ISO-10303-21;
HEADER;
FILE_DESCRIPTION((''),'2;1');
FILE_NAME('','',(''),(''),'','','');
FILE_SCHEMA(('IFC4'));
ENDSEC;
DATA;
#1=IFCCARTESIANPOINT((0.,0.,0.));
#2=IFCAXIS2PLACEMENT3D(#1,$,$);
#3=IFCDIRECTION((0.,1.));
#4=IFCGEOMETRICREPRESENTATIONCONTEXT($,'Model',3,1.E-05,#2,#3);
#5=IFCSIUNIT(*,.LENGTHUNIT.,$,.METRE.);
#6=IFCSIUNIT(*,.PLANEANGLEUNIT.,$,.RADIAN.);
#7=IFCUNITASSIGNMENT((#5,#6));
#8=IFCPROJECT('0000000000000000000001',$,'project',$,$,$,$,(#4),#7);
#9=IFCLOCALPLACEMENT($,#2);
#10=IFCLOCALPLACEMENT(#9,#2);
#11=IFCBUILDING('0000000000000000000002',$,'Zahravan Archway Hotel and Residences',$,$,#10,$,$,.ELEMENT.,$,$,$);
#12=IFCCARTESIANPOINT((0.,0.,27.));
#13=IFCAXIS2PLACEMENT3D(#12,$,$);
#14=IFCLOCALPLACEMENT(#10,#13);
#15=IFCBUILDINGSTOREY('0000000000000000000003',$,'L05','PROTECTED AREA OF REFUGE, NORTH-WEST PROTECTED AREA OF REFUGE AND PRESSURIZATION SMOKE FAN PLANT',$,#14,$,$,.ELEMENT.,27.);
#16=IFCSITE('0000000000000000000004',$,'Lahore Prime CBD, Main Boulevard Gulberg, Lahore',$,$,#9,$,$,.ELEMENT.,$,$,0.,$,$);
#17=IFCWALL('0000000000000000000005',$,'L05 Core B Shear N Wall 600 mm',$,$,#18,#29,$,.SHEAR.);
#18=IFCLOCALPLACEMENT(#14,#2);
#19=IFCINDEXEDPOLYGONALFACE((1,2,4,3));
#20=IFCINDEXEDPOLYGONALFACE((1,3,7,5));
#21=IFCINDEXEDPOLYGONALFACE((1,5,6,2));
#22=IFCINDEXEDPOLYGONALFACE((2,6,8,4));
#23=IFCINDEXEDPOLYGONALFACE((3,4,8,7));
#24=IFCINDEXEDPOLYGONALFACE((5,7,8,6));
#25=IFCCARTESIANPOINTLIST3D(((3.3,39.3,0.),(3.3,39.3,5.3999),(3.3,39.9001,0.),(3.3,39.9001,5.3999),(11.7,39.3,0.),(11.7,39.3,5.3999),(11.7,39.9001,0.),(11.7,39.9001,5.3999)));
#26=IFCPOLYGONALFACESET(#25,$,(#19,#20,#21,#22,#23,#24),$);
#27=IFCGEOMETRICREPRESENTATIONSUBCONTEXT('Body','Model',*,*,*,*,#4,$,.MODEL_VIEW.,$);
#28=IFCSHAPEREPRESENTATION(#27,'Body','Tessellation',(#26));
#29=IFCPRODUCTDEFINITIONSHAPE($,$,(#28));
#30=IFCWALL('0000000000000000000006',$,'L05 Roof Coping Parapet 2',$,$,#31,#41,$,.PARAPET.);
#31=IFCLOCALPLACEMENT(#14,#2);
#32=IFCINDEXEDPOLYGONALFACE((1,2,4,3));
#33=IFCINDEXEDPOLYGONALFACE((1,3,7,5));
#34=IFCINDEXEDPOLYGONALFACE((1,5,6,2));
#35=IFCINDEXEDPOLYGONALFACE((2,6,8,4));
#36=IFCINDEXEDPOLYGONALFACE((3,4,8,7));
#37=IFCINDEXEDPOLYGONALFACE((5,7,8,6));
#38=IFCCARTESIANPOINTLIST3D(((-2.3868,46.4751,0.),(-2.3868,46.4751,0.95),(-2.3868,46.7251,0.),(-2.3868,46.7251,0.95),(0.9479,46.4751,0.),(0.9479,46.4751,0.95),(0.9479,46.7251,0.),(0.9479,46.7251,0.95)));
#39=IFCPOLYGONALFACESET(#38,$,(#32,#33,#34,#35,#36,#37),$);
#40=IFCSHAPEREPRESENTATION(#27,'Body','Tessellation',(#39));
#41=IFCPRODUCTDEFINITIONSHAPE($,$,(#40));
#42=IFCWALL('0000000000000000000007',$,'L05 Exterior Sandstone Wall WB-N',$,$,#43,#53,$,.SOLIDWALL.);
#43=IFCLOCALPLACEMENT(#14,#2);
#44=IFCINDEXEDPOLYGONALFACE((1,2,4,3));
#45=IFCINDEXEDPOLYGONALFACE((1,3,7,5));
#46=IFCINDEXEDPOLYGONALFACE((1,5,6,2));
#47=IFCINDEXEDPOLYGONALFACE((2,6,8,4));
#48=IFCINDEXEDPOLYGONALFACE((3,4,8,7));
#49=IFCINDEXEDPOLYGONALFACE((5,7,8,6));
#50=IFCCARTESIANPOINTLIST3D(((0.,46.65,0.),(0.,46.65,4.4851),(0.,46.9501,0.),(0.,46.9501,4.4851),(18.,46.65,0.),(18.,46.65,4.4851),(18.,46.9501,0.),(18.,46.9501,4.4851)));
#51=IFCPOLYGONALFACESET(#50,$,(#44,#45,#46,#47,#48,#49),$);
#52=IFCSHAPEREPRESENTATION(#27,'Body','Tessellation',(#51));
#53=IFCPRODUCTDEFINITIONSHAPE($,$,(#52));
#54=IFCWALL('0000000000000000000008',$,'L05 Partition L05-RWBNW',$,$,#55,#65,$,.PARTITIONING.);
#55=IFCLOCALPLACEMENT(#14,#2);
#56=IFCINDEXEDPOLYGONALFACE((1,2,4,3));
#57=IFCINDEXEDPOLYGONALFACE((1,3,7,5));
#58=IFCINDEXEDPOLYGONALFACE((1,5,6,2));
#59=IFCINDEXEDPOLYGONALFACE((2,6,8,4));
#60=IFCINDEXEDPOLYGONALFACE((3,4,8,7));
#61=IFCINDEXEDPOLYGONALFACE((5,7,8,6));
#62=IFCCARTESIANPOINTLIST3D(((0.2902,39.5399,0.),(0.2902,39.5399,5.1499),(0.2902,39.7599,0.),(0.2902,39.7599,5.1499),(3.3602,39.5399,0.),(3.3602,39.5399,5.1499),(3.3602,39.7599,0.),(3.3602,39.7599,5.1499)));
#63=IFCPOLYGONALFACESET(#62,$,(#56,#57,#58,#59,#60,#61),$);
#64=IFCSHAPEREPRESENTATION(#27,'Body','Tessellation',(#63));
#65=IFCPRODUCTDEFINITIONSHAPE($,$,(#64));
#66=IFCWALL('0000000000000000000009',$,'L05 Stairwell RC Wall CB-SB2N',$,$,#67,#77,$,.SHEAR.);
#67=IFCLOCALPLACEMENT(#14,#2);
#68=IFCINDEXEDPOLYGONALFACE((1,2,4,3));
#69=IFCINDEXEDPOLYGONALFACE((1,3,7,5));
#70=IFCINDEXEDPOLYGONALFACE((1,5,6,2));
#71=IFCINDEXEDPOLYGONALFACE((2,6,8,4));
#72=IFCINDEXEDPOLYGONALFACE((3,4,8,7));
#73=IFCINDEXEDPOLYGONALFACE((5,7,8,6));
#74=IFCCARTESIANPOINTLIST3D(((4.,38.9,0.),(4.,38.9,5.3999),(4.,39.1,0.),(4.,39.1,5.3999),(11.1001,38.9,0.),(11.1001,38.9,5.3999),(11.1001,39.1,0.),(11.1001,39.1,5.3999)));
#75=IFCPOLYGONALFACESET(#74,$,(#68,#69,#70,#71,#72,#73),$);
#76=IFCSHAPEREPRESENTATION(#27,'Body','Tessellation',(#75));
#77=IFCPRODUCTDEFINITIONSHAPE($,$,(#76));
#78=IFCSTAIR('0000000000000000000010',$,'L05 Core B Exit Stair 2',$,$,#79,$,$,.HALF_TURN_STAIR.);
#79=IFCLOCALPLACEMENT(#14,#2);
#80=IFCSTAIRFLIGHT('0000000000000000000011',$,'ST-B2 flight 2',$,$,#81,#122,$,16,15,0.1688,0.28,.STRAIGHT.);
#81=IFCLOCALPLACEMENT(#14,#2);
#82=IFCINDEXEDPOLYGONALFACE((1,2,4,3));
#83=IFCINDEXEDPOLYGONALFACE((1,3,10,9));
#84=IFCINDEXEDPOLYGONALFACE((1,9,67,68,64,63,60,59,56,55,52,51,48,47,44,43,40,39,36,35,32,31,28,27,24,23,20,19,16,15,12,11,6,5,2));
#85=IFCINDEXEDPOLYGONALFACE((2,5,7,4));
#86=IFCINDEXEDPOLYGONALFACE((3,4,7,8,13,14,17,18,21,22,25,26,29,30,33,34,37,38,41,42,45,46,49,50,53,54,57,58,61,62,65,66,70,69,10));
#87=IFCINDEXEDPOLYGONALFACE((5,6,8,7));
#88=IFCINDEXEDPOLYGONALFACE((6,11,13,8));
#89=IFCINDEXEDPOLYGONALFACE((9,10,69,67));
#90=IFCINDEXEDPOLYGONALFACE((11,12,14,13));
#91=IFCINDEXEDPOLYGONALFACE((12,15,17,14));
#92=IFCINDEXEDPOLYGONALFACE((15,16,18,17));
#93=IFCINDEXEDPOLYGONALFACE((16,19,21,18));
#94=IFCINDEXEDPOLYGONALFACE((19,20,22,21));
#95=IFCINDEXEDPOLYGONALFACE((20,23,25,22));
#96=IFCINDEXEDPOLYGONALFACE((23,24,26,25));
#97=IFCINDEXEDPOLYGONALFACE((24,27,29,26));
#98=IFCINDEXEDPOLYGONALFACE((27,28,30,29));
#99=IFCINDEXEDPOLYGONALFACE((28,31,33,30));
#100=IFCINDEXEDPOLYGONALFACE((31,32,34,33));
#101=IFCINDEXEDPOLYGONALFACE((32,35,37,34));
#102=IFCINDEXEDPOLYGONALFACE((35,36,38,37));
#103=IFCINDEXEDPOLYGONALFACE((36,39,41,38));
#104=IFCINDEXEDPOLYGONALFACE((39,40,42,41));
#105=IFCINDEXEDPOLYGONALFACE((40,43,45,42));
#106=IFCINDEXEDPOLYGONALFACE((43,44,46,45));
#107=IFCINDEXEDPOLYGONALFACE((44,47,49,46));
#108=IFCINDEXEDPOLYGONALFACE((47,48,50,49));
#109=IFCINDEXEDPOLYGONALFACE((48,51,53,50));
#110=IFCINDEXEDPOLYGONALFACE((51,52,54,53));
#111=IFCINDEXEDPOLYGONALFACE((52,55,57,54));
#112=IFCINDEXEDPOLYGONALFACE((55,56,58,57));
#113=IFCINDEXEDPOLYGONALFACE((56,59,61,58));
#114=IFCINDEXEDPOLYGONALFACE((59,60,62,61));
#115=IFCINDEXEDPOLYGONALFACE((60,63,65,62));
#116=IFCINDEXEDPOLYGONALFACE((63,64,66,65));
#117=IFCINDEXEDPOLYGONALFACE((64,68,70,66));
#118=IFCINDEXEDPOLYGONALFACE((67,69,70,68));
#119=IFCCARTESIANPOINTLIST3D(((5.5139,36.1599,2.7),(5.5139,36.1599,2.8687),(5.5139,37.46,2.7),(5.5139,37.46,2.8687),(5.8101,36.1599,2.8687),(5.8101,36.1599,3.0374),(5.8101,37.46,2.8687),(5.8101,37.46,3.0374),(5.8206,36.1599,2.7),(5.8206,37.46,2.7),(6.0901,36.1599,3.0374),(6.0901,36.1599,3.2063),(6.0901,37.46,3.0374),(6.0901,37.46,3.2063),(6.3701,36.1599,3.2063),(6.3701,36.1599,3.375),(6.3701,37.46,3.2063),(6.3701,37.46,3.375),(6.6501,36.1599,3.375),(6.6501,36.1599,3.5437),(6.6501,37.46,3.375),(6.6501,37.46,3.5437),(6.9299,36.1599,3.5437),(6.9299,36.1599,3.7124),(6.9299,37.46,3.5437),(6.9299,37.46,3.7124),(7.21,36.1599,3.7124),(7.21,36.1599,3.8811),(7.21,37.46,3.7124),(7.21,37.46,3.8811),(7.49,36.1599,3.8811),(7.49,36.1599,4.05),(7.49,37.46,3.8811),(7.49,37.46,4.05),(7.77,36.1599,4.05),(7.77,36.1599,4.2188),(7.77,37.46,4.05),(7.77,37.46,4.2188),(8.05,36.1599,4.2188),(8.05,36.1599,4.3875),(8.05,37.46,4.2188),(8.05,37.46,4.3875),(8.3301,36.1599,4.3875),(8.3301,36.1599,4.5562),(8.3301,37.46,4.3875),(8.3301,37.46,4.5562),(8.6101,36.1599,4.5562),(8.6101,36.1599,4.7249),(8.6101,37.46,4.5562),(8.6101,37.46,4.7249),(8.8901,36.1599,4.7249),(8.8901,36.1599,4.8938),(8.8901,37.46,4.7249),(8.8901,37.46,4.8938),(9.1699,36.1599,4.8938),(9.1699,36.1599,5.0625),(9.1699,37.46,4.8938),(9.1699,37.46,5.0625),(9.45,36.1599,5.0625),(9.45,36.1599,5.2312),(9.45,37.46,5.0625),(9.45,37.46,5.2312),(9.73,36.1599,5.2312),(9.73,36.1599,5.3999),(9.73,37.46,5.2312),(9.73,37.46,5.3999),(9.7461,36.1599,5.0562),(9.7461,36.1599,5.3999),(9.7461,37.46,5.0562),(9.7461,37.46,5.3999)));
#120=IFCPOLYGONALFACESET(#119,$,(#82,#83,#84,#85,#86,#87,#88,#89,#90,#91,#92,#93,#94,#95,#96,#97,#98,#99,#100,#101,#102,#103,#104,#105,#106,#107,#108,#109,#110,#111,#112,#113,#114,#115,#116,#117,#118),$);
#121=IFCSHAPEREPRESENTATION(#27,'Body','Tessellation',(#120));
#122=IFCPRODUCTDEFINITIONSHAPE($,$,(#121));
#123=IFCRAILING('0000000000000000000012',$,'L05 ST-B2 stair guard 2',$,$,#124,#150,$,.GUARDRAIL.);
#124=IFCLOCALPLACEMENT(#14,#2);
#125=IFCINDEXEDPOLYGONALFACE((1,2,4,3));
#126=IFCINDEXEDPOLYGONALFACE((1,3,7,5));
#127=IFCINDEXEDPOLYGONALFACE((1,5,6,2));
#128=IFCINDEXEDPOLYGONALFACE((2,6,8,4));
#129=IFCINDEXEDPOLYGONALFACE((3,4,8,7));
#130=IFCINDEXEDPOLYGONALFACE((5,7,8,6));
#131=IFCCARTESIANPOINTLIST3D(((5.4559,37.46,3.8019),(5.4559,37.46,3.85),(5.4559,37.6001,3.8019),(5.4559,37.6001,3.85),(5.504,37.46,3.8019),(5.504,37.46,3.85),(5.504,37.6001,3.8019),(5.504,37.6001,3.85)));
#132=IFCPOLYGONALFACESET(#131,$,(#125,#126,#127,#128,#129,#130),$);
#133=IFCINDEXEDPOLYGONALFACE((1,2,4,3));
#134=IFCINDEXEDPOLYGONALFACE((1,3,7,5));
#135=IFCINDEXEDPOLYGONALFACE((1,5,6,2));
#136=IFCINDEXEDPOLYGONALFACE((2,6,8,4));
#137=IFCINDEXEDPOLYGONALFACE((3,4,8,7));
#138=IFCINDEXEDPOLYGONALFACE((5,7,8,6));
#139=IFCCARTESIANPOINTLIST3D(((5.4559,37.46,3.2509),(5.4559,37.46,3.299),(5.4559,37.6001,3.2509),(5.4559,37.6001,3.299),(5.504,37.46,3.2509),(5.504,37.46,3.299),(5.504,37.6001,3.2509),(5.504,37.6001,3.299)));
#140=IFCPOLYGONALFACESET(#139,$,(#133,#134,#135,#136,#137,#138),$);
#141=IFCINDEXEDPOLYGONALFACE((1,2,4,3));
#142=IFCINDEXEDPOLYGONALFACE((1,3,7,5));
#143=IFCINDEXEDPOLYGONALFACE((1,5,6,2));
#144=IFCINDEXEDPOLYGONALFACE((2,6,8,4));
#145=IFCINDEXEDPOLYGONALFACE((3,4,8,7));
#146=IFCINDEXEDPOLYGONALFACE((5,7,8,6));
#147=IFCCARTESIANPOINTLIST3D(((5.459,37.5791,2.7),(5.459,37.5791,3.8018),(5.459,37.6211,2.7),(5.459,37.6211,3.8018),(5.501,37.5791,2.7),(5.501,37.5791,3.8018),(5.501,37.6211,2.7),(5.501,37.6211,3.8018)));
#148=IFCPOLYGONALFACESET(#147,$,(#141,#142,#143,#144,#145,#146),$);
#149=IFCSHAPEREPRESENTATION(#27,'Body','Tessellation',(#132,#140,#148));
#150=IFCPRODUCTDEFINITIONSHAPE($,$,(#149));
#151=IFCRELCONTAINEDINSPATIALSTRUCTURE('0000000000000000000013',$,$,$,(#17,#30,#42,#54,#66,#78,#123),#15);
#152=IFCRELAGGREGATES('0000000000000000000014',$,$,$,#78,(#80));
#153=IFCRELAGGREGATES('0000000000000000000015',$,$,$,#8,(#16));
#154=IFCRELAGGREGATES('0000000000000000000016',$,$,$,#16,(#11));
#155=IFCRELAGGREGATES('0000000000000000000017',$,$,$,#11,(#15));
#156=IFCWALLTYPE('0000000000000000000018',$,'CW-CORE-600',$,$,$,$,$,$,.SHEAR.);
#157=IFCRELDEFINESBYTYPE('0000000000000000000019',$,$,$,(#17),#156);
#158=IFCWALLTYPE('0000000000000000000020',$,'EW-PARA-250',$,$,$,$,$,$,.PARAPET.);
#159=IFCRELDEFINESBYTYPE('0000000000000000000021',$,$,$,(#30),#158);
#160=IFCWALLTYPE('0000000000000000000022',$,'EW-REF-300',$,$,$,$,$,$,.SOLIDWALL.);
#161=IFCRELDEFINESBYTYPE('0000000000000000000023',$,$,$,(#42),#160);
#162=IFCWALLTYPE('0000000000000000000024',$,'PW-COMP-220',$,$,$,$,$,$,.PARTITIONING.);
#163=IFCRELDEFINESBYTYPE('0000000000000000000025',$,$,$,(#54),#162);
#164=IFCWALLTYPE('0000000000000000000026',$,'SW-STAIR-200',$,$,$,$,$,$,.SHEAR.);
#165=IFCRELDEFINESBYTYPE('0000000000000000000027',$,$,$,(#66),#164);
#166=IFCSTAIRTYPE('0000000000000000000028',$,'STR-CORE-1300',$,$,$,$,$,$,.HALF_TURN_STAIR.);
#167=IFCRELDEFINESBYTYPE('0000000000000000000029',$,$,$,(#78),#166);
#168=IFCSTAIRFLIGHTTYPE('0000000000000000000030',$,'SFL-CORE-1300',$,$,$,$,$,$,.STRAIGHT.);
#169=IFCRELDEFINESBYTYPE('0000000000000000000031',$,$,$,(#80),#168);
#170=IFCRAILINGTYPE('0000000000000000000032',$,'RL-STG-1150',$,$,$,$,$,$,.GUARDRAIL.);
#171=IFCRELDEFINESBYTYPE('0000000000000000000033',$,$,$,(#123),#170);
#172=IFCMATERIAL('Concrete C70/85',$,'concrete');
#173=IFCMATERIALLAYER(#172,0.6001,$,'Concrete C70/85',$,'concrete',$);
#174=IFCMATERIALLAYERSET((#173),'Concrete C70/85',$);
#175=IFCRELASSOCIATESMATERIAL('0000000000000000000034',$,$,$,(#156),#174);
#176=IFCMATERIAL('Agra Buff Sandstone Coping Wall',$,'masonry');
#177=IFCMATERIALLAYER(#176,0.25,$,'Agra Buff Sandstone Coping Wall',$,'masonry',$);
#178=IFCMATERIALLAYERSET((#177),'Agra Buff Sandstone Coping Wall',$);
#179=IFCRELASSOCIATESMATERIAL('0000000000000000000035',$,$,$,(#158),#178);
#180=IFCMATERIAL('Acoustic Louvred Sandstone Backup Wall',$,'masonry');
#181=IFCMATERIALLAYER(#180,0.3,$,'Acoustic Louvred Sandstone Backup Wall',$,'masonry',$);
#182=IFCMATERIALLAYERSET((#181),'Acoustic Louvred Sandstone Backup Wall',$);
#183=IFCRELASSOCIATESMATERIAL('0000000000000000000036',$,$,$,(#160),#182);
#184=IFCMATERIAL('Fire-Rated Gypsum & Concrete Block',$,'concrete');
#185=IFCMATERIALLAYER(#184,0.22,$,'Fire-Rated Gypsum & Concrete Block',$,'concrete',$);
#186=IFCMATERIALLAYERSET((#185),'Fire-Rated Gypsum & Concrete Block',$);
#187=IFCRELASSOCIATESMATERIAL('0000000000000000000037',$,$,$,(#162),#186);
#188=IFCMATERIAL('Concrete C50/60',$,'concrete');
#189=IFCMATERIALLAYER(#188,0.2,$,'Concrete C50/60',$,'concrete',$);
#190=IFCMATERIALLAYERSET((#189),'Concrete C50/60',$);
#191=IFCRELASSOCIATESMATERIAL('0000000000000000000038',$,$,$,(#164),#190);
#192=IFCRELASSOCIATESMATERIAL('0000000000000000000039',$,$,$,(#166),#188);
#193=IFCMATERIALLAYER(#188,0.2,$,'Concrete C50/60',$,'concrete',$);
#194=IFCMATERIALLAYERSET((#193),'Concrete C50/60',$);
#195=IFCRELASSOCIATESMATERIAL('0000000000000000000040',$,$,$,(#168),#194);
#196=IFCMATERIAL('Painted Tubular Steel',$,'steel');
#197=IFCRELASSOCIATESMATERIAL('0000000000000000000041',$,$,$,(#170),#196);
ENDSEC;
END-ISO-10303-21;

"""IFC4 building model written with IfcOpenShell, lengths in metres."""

from ifc_helpers import new_model, si_unit, direction, frame, frame_2d, origin, origin_2d, place, context, subcontext, project, spatial, polyline, rectangle, outline, extrude, source, transform, mapped, material, layer, layer_set, type_object, element, aggregate, save


model = new_model("IFC4")

# Units and contexts
model_context = context("Model", 3, precision=1e-05, world=origin(), true_north=direction((0.0, 1.0)))
body_context = subcontext(model_context, "Body", "Model", "MODEL_VIEW")
ifc_project = project(units=[si_unit("LENGTHUNIT", "METRE"), si_unit("PLANEANGLEUNIT", "RADIAN")], contexts=[model_context])

# Site, building, storey
site_placement = place(None, origin())
site = spatial("IfcSite", under=ifc_project, at=site_placement, Name="Lahore Prime CBD, Main Boulevard Gulberg, Lahore", CompositionType="ELEMENT", RefElevation=0.0)
building_placement = place(site_placement, origin())
building = spatial("IfcBuilding", under=site, at=building_placement, Name="Zahravan Archway Hotel and Residences", CompositionType="ELEMENT")
storey_placement = place(building_placement, frame((0.0, 0.0, 27.0)))
storey = spatial("IfcBuildingStorey", under=building, at=storey_placement, Name="L05", Description="PROTECTED AREA OF REFUGE, NORTH-WEST PROTECTED AREA OF REFUGE AND PRESSURIZATION SMOKE FAN PLANT", CompositionType="ELEMENT", Elevation=27.0)

# Shared definitions
ifc_material_1 = material(Name="Concrete C70/85", Category="concrete")

# Walls
ifc_layer_1 = layer(ifc_material_1, 0.6001, Name="Concrete C70/85", Category="concrete")
ifc_layer_set_1 = layer_set([ifc_layer_1], Name="Concrete C70/85")
wall_type_1 = type_object("IfcWallType", Name="CW-CORE-600", PredefinedType="SHEAR", material=ifc_layer_set_1)
wall_1_placement = place(storey_placement, frame((3.3, 39.6001, 0.0), z_axis=(0.0, 0.0, 1.0), x_axis=(1.0, 0.0, 0.0)))
element("IfcWall", 1, at=wall_1_placement, inside=storey, type_object=wall_type_1, Name="L05 Core B Shear N Wall 600 mm", PredefinedType="SHEAR", context=body_context, shape_type="SweptSolid", body=[
    extrude(rectangle(XDim=8.3999, YDim=0.6001, at=frame_2d((4.2, 0.0))), origin(), (0.0, 0.0, 1.0), 5.3999),
])
ifc_material_2 = material(Name="Agra Buff Sandstone Coping Wall", Category="masonry")
ifc_layer_2 = layer(ifc_material_2, 0.25, Name="Agra Buff Sandstone Coping Wall", Category="masonry")
ifc_layer_set_2 = layer_set([ifc_layer_2], Name="Agra Buff Sandstone Coping Wall")
wall_type_2 = type_object("IfcWallType", Name="EW-PARA-250", PredefinedType="PARAPET", material=ifc_layer_set_2)
wall_2_placement = place(storey_placement, frame((-2.387, 46.6001, 0.0), z_axis=(0.0, 0.0, 1.0), x_axis=(1.0, 0.0, 0.0)))
element("IfcWall", 2, at=wall_2_placement, inside=storey, type_object=wall_type_2, Name="L05 Roof Coping Parapet 2", PredefinedType="PARAPET", context=body_context, shape_type="SweptSolid", body=[
    extrude(rectangle(XDim=3.3347, YDim=0.25, at=frame_2d((1.6675, 0.0))), origin(), (0.0, 0.0, 1.0), 0.95),
])
ifc_material_3 = material(Name="Acoustic Louvred Sandstone Backup Wall", Category="masonry")
ifc_layer_3 = layer(ifc_material_3, 0.3, Name="Acoustic Louvred Sandstone Backup Wall", Category="masonry")
ifc_layer_set_3 = layer_set([ifc_layer_3], Name="Acoustic Louvred Sandstone Backup Wall")
wall_type_3 = type_object("IfcWallType", Name="EW-REF-300", PredefinedType="SOLIDWALL", material=ifc_layer_set_3)
wall_3_placement = place(storey_placement, frame((0.0, 46.8, 0.0), z_axis=(0.0, 0.0, 1.0), x_axis=(1.0, 0.0, 0.0)))
element("IfcWall", 3, at=wall_3_placement, inside=storey, type_object=wall_type_3, Name="L05 Exterior Sandstone Wall WB-N", PredefinedType="SOLIDWALL", context=body_context, shape_type="SweptSolid", body=[
    extrude(rectangle(XDim=18.0, YDim=0.3, at=frame_2d((9.0, 0.0))), origin(), (0.0, 0.0, 1.0), 4.4851),
])
ifc_material_4 = material(Name="Fire-Rated Gypsum & Concrete Block", Category="concrete")
ifc_layer_4 = layer(ifc_material_4, 0.22, Name="Fire-Rated Gypsum & Concrete Block", Category="concrete")
ifc_layer_set_4 = layer_set([ifc_layer_4], Name="Fire-Rated Gypsum & Concrete Block")
wall_type_4 = type_object("IfcWallType", Name="PW-COMP-220", PredefinedType="PARTITIONING", material=ifc_layer_set_4)
wall_4_placement = place(storey_placement, frame((0.29, 39.6499, 0.0), z_axis=(0.0, 0.0, 1.0), x_axis=(1.0, 0.0, 0.0)))
element("IfcWall", 4, at=wall_4_placement, inside=storey, type_object=wall_type_4, Name="L05 Partition L05-RWBNW", PredefinedType="PARTITIONING", context=body_context, shape_type="SweptSolid", body=[
    extrude(rectangle(XDim=3.0701, YDim=0.22, at=frame_2d((1.5352, 0.0))), origin(), (0.0, 0.0, 1.0), 5.1499),
])
ifc_material_5 = material(Name="Concrete C50/60", Category="concrete")
ifc_layer_5 = layer(ifc_material_5, 0.2, Name="Concrete C50/60", Category="concrete")
ifc_layer_set_5 = layer_set([ifc_layer_5], Name="Concrete C50/60")
wall_type_5 = type_object("IfcWallType", Name="SW-STAIR-200", PredefinedType="SHEAR", material=ifc_layer_set_5)
wall_5_placement = place(storey_placement, frame((4.0, 39.0, 0.0), z_axis=(0.0, 0.0, 1.0), x_axis=(1.0, 0.0, 0.0)))
element("IfcWall", 5, at=wall_5_placement, inside=storey, type_object=wall_type_5, Name="L05 Stairwell RC Wall CB-SB2N", PredefinedType="SHEAR", context=body_context, shape_type="SweptSolid", body=[
    extrude(rectangle(XDim=7.1001, YDim=0.2, at=frame_2d((3.55, 0.0))), origin(), (0.0, 0.0, 1.0), 5.3999),
])

# Stair, stair flight
stair_type = type_object("IfcStairType", Name="STR-CORE-1300", PredefinedType="HALF_TURN_STAIR", material=ifc_material_5)
stair_placement = place(storey_placement, origin())
stair = element("IfcStair", 6, at=stair_placement, inside=storey, type_object=stair_type, Name="L05 Core B Exit Stair 2", PredefinedType="HALF_TURN_STAIR")
ifc_layer_6 = layer(ifc_material_5, 0.2, Name="Concrete C50/60", Category="concrete")
ifc_layer_set_6 = layer_set([ifc_layer_6], Name="Concrete C50/60")
stair_flight_type = type_object("IfcStairFlightType", Name="SFL-CORE-1300", PredefinedType="STRAIGHT", material=ifc_layer_set_6)
shared_shape_1 = source(origin(), body_context, "Body", "SweptSolid", [
    extrude(outline(polyline([(-0.0161, 0.0), (-0.0161, 0.1687), (0.28, 0.1687), (0.28, 0.3374), (0.5601, 0.3374), (0.5601, 0.5063), (0.8401, 0.5063), (0.8401, 0.675), (1.1201, 0.675), (1.1201, 0.8438), (1.3999, 0.8438), (1.3999, 1.0125), (1.6799, 1.0125), (1.6799, 1.1812), (1.96, 1.1812), (1.96, 1.3501), (2.24, 1.3501), (2.24, 1.5188), (2.52, 1.5188), (2.52, 1.6875), (2.8, 1.6875), (2.8, 1.8562), (3.0801, 1.8562), (3.0801, 2.0249), (3.3601, 2.0249), (3.3601, 2.1938), (3.6399, 2.1938), (3.6399, 2.3625), (3.9199, 2.3625), (3.9199, 2.5312), (4.2, 2.5312), (4.2, 2.7), (4.2161, 2.7), (4.2161, 2.3562), (0.2905, 0.0), (-0.0161, 0.0)])), frame((0.0, 0.6499, 0.0), z_axis=(0.0, -1.0, 0.0), x_axis=(1.0, 0.0, 0.0)), (0.0, 0.0, 1.0), 1.3),
])
stair_flight_placement = place(storey_placement, frame((5.53, 36.8101, 2.7), z_axis=(0.0, 0.0, 1.0), x_axis=(1.0, 0.0, 0.0)))
stair_flight = element("IfcStairFlight", 7, at=stair_flight_placement, type_object=stair_flight_type, Name="ST-B2 flight 2", NumberOfRisers=16, NumberOfTreads=15, PredefinedType="STRAIGHT", RiserHeight=0.1688, TreadLength=0.28, context=body_context, shape_type="MappedRepresentation", body=[
    mapped(shared_shape_1, transform((0.0, 0.0, 0.0), scale=1.0)),
])
aggregate(stair, [stair_flight])

# Railing
ifc_material_6 = material(Name="Painted Tubular Steel", Category="steel")
railing_type_1 = type_object("IfcRailingType", Name="RL-STG-1150", PredefinedType="GUARDRAIL", material=ifc_material_6)
railing_1_placement = place(storey_placement, frame((5.48, 37.6001, 2.7)))
element("IfcRailing", 8, at=railing_1_placement, inside=storey, type_object=railing_type_1, Name="L05 ST-B2 stair guard 2", PredefinedType="GUARDRAIL", context=body_context, shape_type="SweptSolid", body=[
    extrude(rectangle(XDim=0.0481, YDim=0.0481, at=origin_2d()), frame((0.0, 0.0, 1.126), z_axis=(0.0, -1.0, 0.0), x_axis=(1.0, 0.0, 0.0)), (0.0, 0.0, 1.0), 0.1401),
    extrude(rectangle(XDim=0.0481, YDim=0.0481, at=origin_2d()), frame((0.0, 0.0, 0.575), z_axis=(0.0, -1.0, 0.0), x_axis=(1.0, 0.0, 0.0)), (0.0, 0.0, 1.0), 0.1401),
    extrude(rectangle(XDim=0.042, YDim=0.042, at=origin_2d()), origin(), (0.0, 0.0, 1.0), 1.1018),
])

save(model, "model.ifc")
